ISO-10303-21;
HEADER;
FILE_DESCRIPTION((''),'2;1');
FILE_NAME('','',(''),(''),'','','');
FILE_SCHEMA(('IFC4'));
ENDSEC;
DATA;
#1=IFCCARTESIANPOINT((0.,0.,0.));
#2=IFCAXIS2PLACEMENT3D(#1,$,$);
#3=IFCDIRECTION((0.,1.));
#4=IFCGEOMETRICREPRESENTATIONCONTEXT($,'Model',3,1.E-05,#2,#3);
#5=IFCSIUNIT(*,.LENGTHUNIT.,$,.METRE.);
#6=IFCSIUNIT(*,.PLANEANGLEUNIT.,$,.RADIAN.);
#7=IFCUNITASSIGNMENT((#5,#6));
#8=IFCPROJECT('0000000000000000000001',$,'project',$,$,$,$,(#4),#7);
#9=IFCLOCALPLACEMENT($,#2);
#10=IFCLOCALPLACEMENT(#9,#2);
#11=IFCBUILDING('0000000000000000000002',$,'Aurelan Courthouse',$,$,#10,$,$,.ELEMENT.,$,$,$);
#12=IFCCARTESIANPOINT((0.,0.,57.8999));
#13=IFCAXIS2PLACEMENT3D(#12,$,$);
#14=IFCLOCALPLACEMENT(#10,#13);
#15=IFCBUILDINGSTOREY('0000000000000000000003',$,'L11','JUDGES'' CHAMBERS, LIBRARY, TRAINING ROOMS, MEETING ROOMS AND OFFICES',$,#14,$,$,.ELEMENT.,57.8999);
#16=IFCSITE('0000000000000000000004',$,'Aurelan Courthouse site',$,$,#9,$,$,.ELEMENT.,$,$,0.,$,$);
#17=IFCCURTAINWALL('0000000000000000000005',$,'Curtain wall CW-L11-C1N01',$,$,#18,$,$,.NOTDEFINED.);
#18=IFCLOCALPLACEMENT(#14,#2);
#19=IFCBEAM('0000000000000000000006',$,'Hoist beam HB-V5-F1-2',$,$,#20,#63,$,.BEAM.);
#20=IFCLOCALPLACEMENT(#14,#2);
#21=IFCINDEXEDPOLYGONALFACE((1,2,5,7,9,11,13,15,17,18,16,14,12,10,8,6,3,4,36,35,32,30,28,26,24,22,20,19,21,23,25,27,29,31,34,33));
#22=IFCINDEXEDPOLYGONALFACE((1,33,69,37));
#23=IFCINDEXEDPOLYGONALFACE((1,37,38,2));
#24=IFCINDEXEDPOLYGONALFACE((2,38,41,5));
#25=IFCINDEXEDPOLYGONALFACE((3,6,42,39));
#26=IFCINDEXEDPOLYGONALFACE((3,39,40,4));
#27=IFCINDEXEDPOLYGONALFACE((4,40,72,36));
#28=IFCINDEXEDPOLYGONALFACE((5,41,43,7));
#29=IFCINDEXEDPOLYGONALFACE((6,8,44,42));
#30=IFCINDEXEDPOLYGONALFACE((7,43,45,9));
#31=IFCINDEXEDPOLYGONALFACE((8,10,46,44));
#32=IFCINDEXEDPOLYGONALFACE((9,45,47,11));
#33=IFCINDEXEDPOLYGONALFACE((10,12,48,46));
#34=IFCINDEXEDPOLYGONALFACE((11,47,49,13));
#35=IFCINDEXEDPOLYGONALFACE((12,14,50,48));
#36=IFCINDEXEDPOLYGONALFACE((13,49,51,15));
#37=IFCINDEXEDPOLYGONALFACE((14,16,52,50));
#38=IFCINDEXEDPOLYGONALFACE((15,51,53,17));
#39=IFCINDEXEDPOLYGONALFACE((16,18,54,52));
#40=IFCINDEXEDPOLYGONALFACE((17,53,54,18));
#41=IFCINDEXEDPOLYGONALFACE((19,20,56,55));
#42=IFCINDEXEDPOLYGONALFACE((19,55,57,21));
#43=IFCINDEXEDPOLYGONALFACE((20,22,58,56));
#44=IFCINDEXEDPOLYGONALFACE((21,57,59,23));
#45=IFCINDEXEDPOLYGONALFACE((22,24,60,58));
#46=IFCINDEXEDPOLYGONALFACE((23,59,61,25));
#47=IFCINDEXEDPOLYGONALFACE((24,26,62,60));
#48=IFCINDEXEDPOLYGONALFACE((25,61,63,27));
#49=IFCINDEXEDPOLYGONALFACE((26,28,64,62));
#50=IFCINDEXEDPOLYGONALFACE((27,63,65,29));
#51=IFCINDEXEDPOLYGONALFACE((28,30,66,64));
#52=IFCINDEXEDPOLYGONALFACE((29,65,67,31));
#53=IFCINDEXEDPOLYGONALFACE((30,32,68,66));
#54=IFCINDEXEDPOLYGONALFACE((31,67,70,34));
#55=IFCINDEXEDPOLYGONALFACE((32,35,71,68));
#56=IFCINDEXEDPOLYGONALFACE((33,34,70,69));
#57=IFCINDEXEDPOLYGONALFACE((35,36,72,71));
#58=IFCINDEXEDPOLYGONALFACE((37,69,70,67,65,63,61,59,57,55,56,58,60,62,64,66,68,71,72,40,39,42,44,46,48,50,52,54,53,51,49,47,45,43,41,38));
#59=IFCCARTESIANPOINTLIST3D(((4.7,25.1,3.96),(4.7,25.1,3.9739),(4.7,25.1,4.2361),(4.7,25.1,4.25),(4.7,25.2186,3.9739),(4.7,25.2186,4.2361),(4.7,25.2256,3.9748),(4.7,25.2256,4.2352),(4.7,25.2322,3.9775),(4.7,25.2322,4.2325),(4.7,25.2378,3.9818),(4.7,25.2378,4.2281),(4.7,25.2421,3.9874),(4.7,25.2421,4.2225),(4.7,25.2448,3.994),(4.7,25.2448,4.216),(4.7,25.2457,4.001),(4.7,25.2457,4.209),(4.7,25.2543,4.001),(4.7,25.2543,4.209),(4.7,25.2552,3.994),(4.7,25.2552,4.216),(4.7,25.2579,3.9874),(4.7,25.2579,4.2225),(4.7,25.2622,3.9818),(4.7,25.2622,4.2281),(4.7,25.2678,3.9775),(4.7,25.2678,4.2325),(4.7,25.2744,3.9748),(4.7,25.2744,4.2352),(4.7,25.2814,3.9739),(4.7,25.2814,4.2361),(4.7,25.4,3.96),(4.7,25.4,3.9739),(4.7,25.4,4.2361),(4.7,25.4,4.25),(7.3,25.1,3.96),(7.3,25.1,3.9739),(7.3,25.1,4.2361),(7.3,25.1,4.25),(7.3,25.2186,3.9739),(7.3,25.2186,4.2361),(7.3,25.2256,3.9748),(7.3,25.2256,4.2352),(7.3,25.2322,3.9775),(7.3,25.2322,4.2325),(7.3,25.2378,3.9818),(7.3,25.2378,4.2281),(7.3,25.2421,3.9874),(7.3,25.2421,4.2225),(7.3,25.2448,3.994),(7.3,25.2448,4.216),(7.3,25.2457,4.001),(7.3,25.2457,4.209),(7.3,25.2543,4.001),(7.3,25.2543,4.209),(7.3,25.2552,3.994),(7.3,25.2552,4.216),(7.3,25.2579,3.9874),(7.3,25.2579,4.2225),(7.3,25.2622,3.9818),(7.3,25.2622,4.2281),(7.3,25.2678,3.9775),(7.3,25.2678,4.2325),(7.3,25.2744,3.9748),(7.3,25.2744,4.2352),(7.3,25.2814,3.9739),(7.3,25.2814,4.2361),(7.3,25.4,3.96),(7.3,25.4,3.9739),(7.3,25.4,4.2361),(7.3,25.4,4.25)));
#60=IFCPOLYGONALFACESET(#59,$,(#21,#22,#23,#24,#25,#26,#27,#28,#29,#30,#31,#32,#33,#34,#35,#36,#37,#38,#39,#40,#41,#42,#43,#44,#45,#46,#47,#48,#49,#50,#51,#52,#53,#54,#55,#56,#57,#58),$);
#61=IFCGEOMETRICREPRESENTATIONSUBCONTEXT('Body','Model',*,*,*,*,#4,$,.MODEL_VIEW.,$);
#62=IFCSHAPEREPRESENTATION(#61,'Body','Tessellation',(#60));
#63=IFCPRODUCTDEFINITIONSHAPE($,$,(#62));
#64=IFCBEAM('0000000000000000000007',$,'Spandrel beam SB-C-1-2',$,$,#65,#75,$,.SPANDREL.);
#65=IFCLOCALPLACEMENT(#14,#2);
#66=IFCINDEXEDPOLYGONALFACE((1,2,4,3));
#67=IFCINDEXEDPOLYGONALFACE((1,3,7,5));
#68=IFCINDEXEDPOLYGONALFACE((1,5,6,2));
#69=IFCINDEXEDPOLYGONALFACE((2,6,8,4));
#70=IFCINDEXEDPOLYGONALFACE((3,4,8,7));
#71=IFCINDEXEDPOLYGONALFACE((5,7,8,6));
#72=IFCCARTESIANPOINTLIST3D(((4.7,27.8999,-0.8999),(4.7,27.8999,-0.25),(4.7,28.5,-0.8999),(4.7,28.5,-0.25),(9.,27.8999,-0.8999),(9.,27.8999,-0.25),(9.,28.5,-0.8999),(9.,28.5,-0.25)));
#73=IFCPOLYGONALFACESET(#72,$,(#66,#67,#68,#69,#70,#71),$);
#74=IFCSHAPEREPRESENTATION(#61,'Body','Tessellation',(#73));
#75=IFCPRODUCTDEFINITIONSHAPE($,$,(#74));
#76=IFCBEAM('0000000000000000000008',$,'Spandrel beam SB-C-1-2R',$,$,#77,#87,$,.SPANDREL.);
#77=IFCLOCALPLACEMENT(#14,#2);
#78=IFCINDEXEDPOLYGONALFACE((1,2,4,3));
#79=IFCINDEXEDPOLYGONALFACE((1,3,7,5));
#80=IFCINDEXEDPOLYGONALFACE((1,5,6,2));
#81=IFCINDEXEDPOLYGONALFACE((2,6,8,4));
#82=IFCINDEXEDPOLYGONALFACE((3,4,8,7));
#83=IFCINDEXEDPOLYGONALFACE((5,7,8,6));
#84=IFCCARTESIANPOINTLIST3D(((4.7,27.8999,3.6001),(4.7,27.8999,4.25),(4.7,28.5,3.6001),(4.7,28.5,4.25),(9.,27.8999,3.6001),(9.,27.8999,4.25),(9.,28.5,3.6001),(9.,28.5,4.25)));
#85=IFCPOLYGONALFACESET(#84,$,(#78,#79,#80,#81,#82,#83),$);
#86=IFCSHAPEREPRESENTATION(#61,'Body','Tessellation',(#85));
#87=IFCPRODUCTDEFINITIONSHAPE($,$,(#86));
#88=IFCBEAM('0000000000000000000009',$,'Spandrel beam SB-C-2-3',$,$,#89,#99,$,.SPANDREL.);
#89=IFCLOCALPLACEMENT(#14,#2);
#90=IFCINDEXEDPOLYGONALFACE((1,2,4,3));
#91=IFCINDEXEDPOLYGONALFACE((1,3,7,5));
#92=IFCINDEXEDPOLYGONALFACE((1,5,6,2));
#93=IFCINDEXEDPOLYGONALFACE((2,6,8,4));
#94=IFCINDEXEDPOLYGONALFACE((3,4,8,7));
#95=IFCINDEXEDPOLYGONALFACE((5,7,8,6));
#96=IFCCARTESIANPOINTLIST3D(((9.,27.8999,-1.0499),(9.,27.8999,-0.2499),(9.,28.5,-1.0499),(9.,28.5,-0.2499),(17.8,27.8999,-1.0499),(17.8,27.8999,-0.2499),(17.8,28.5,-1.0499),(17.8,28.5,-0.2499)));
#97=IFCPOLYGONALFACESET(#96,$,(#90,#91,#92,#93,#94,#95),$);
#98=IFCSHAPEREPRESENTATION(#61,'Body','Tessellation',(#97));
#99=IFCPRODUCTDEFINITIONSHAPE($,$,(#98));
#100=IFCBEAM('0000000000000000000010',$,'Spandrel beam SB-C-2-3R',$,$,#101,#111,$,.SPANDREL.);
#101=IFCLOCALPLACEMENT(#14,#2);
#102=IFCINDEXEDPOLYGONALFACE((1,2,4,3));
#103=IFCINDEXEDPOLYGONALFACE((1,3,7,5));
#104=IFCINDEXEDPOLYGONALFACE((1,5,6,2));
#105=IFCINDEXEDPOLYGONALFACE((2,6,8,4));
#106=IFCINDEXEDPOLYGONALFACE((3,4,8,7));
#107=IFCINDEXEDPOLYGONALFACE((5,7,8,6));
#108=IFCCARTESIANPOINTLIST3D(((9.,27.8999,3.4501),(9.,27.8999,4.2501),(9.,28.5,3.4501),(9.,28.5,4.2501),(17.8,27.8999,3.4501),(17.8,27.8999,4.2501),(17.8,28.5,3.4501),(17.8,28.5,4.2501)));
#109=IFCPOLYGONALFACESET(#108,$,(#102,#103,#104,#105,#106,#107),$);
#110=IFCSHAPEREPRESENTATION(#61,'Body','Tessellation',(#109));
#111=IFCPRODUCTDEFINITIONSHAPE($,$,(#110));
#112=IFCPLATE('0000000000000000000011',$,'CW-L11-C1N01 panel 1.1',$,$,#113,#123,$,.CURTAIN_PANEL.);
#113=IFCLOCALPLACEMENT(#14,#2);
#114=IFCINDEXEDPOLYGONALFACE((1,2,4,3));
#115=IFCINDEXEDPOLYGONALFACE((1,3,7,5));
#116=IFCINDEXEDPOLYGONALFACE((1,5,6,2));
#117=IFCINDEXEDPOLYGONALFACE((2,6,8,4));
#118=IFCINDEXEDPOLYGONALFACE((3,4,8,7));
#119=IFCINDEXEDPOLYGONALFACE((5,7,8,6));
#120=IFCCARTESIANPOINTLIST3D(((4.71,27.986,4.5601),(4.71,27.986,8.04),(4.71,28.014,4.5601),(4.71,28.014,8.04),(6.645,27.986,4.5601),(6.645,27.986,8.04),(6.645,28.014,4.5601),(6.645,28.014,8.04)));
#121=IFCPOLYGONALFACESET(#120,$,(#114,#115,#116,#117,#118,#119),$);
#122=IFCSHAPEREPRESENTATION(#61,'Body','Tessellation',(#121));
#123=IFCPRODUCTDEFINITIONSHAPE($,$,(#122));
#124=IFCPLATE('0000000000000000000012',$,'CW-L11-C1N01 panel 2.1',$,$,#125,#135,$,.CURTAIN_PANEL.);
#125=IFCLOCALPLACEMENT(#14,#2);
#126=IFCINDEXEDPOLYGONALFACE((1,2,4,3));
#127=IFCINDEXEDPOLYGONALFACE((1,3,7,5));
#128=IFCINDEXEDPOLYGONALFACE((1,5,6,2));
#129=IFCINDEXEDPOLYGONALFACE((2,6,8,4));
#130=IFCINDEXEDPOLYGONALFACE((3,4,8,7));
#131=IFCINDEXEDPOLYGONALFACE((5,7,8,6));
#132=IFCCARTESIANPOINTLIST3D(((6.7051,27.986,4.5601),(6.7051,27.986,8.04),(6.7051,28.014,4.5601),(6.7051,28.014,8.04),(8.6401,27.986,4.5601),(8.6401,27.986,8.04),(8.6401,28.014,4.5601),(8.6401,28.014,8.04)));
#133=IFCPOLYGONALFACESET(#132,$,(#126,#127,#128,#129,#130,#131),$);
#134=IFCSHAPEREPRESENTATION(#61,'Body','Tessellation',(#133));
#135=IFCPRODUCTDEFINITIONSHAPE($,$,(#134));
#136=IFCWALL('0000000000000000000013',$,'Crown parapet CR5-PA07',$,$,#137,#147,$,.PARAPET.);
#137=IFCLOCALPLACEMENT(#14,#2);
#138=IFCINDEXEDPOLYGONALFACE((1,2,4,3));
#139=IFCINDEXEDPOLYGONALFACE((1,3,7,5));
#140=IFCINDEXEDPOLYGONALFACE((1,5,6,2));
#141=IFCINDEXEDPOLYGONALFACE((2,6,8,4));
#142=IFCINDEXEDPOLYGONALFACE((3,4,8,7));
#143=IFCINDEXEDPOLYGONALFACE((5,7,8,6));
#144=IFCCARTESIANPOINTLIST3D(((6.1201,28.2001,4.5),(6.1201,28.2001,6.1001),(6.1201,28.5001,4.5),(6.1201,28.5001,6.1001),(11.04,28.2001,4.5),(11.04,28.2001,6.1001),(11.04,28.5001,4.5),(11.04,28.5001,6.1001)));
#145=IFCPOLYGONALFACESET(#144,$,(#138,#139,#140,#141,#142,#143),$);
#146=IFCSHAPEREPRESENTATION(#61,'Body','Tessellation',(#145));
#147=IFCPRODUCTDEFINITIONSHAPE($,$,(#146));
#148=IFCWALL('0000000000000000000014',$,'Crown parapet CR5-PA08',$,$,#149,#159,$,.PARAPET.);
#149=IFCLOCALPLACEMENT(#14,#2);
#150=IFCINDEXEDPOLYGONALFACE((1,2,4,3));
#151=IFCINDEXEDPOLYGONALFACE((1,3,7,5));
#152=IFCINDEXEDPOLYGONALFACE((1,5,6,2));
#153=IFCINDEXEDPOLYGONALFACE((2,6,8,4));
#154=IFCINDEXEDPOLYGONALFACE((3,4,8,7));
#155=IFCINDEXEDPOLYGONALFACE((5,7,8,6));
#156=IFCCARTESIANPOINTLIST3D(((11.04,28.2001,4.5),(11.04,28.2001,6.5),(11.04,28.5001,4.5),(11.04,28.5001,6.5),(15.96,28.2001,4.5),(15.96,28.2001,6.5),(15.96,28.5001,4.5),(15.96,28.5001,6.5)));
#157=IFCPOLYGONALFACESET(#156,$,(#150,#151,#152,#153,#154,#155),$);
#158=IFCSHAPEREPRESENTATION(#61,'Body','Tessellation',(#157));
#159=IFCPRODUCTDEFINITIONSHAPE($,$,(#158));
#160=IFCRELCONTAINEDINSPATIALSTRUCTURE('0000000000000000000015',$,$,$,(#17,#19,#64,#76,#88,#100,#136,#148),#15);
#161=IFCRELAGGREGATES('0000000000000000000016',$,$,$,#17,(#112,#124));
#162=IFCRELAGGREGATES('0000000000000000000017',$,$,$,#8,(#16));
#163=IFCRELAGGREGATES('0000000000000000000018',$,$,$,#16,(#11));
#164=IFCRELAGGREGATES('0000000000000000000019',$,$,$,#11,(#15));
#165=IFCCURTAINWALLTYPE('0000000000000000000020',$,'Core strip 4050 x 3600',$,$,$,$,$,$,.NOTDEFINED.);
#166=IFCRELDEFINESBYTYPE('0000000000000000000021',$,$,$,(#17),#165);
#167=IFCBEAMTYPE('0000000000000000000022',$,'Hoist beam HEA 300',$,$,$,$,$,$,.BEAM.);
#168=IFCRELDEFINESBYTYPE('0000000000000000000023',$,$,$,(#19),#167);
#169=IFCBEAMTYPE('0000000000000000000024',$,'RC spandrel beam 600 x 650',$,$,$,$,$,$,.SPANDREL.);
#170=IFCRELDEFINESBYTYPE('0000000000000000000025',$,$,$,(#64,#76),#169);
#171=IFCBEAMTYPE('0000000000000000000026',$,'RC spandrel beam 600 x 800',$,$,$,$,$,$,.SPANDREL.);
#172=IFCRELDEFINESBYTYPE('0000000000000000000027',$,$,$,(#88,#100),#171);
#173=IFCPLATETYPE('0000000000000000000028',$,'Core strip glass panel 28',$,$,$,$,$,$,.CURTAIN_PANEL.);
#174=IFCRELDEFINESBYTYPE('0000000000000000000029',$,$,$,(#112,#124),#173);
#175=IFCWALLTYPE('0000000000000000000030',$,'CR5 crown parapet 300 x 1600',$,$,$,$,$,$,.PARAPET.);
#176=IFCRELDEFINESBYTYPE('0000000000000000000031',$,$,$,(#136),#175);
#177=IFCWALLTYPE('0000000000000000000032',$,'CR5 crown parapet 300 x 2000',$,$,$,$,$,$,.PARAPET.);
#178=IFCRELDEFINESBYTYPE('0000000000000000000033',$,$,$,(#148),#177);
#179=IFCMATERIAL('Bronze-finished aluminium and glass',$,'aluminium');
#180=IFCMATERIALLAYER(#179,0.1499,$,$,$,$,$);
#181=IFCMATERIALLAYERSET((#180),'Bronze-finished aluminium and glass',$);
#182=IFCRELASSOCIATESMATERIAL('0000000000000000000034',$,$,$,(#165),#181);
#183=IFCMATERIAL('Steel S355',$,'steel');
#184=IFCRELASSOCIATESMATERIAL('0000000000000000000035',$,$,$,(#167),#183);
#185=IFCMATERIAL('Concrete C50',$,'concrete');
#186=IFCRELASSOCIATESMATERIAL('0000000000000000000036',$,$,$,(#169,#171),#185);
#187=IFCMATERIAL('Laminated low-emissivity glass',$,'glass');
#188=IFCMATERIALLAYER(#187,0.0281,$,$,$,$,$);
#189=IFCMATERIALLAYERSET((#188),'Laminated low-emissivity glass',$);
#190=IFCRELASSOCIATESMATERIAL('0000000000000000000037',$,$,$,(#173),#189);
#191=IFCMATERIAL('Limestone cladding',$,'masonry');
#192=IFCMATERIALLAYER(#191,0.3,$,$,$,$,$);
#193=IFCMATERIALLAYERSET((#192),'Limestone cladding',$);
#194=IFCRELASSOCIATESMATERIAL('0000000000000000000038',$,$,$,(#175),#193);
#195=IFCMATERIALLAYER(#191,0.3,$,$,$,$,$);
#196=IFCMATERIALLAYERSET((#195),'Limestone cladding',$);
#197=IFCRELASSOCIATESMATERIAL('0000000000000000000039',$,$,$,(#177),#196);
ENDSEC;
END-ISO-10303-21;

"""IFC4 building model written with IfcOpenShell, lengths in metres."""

from ifc_helpers import new_model, si_unit, direction, frame, frame_2d, origin, origin_2d, place, context, subcontext, project, spatial, rectangle, i_section, extrude, material, layer, layer_set, material_profile, profile_set, type_object, element, aggregate, save


model = new_model("IFC4")

# Units and contexts
model_context = context("Model", 3, precision=1e-05, world=origin(), true_north=direction((0.0, 1.0)))
body_context = subcontext(model_context, "Body", "Model", "MODEL_VIEW")
ifc_project = project(units=[si_unit("LENGTHUNIT", "METRE"), si_unit("PLANEANGLEUNIT", "RADIAN")], contexts=[model_context])

# Site, building, storey
site_placement = place(None, origin())
site = spatial("IfcSite", under=ifc_project, at=site_placement, Name="Aurelan Courthouse site", CompositionType="ELEMENT", RefElevation=0.0)
building_placement = place(site_placement, origin())
building = spatial("IfcBuilding", under=site, at=building_placement, Name="Aurelan Courthouse", CompositionType="ELEMENT")
storey_placement = place(building_placement, frame((0.0, 0.0, 57.8999)))
storey = spatial("IfcBuildingStorey", under=building, at=storey_placement, Name="L11", Description="JUDGES' CHAMBERS, LIBRARY, TRAINING ROOMS, MEETING ROOMS AND OFFICES", CompositionType="ELEMENT", Elevation=57.8999)

# Shared definitions
ifc_material_1 = material(Name="Concrete C50", Category="concrete")

# Curtain wall
ifc_material_2 = material(Name="Bronze-finished aluminium and glass", Category="aluminium")
ifc_layer_1 = layer(ifc_material_2, 0.1499)
ifc_layer_set_1 = layer_set([ifc_layer_1], Name="Bronze-finished aluminium and glass")
curtain_wall_type = type_object("IfcCurtainWallType", Name="Core strip 4050 x 3600", PredefinedType="NOTDEFINED", material=ifc_layer_set_1)
curtain_wall_placement = place(storey_placement, origin())
curtain_wall = element("IfcCurtainWall", 1, at=curtain_wall_placement, inside=storey, type_object=curtain_wall_type, Name="Curtain wall CW-L11-C1N01", PredefinedType="NOTDEFINED")

# Beams
ifc_material_3 = material(Name="Steel S355", Category="steel")
ifc_material_profile_1 = material_profile(ifc_material_3, i_section(OverallWidth=0.3, OverallDepth=0.29, WebThickness=0.0085, FlangeThickness=0.0139, FilletRadius=0.0271, at=origin_2d()), Name="HEA 300")
ifc_profile_set_1 = profile_set([ifc_material_profile_1], Name="Steel S355")
beam_type_1 = type_object("IfcBeamType", Name="Hoist beam HEA 300", PredefinedType="BEAM", material=ifc_profile_set_1)
for number, where, z_axis, x_axis, name in (
    (2, (4.7, 25.25, 4.105), (1.0, 0.0, 0.0), (0.0, 1.0, 0.0), "Hoist beam HB-V5-F1-2"),
):
    element("IfcBeam", number, at=place(storey_placement, frame(where, z_axis=z_axis, x_axis=x_axis)), inside=storey, type_object=beam_type_1, Name=name, PredefinedType="BEAM", context=body_context, shape_type="SweptSolid", body=[
        extrude(i_section(OverallWidth=0.3, OverallDepth=0.29, WebThickness=0.0085, FlangeThickness=0.0139, FilletRadius=0.0271, at=origin_2d()), origin(), (0.0, 0.0, 1.0), 2.6001),
    ])
ifc_material_profile_2 = material_profile(ifc_material_1, rectangle(XDim=0.6001, YDim=0.6499, at=origin_2d()), Name="RC 600 x 650")
ifc_profile_set_2 = profile_set([ifc_material_profile_2], Name="Concrete C50")
beam_type_2 = type_object("IfcBeamType", Name="RC spandrel beam 600 x 650", PredefinedType="SPANDREL", material=ifc_profile_set_2)
for number, where, z_axis, x_axis, name in (
    (3, (4.7, 28.2, -0.575), (1.0, 0.0, 0.0), (0.0, 1.0, 0.0), "Spandrel beam SB-C-1-2"),
    (4, (4.7, 28.2, 3.925), (1.0, 0.0, 0.0), (0.0, 1.0, 0.0), "Spandrel beam SB-C-1-2R"),
):
    element("IfcBeam", number, at=place(storey_placement, frame(where, z_axis=z_axis, x_axis=x_axis)), inside=storey, type_object=beam_type_2, Name=name, PredefinedType="SPANDREL", context=body_context, shape_type="SweptSolid", body=[
        extrude(rectangle(XDim=0.6001, YDim=0.6499, at=origin_2d()), origin(), (0.0, 0.0, 1.0), 4.3),
    ])
ifc_material_profile_3 = material_profile(ifc_material_1, rectangle(XDim=0.6001, YDim=0.8, at=origin_2d()), Name="RC 600 x 800")
ifc_profile_set_3 = profile_set([ifc_material_profile_3], Name="Concrete C50")
beam_type_3 = type_object("IfcBeamType", Name="RC spandrel beam 600 x 800", PredefinedType="SPANDREL", material=ifc_profile_set_3)
for number, where, z_axis, x_axis, name in (
    (5, (9.0, 28.2, -0.6499), (1.0, 0.0, 0.0), (0.0, 1.0, 0.0), "Spandrel beam SB-C-2-3"),
    (6, (9.0, 28.2, 3.8501), (1.0, 0.0, 0.0), (0.0, 1.0, 0.0), "Spandrel beam SB-C-2-3R"),
):
    element("IfcBeam", number, at=place(storey_placement, frame(where, z_axis=z_axis, x_axis=x_axis)), inside=storey, type_object=beam_type_3, Name=name, PredefinedType="SPANDREL", context=body_context, shape_type="SweptSolid", body=[
        extrude(rectangle(XDim=0.6001, YDim=0.8, at=origin_2d()), origin(), (0.0, 0.0, 1.0), 8.8),
    ])

# Plates
ifc_material_4 = material(Name="Laminated low-emissivity glass", Category="glass")
ifc_layer_2 = layer(ifc_material_4, 0.0281)
ifc_layer_set_2 = layer_set([ifc_layer_2], Name="Laminated low-emissivity glass")
plate_type = type_object("IfcPlateType", Name="Core strip glass panel 28", PredefinedType="CURTAIN_PANEL", material=ifc_layer_set_2)
plate_1_placement = place(storey_placement, frame((5.6775, 28.0, 4.5601), z_axis=(0.0, 0.0, 1.0), x_axis=(1.0, 0.0, 0.0)))
plate_1 = element("IfcPlate", 7, at=plate_1_placement, type_object=plate_type, Name="CW-L11-C1N01 panel 1.1", PredefinedType="CURTAIN_PANEL", context=body_context, shape_type="SweptSolid", body=[
    extrude(rectangle(XDim=1.9351, YDim=0.0281, at=origin_2d()), origin(), (0.0, 0.0, 1.0), 3.48),
])
plate_2_placement = place(storey_placement, frame((7.6726, 28.0, 4.5601), z_axis=(0.0, 0.0, 1.0), x_axis=(1.0, 0.0, 0.0)))
plate_2 = element("IfcPlate", 8, at=plate_2_placement, type_object=plate_type, Name="CW-L11-C1N01 panel 2.1", PredefinedType="CURTAIN_PANEL", context=body_context, shape_type="SweptSolid", body=[
    extrude(rectangle(XDim=1.9351, YDim=0.0281, at=origin_2d()), origin(), (0.0, 0.0, 1.0), 3.48),
])
aggregate(curtain_wall, [plate_1, plate_2])

# Walls
ifc_material_5 = material(Name="Limestone cladding", Category="masonry")
ifc_layer_3 = layer(ifc_material_5, 0.3)
ifc_layer_set_3 = layer_set([ifc_layer_3], Name="Limestone cladding")
wall_type_1 = type_object("IfcWallType", Name="CR5 crown parapet 300 x 1600", PredefinedType="PARAPET", material=ifc_layer_set_3)
wall_1_placement = place(storey_placement, frame((6.1201, 28.3501, 4.5), z_axis=(0.0, 0.0, 1.0), x_axis=(1.0, 0.0, 0.0)))
element("IfcWall", 9, at=wall_1_placement, inside=storey, type_object=wall_type_1, Name="Crown parapet CR5-PA07", PredefinedType="PARAPET", context=body_context, shape_type="SweptSolid", body=[
    extrude(rectangle(XDim=4.9199, YDim=0.3, at=frame_2d((2.46, 0.0))), origin(), (0.0, 0.0, 1.0), 1.6001),
])
ifc_layer_4 = layer(ifc_material_5, 0.3)
ifc_layer_set_4 = layer_set([ifc_layer_4], Name="Limestone cladding")
wall_type_2 = type_object("IfcWallType", Name="CR5 crown parapet 300 x 2000", PredefinedType="PARAPET", material=ifc_layer_set_4)
wall_2_placement = place(storey_placement, frame((11.04, 28.3501, 4.5), z_axis=(0.0, 0.0, 1.0), x_axis=(1.0, 0.0, 0.0)))
element("IfcWall", 10, at=wall_2_placement, inside=storey, type_object=wall_type_2, Name="Crown parapet CR5-PA08", PredefinedType="PARAPET", context=body_context, shape_type="SweptSolid", body=[
    extrude(rectangle(XDim=4.9199, YDim=0.3, at=frame_2d((2.46, 0.0))), origin(), (0.0, 0.0, 1.0), 2.0),
])

save(model, "model.ifc")
